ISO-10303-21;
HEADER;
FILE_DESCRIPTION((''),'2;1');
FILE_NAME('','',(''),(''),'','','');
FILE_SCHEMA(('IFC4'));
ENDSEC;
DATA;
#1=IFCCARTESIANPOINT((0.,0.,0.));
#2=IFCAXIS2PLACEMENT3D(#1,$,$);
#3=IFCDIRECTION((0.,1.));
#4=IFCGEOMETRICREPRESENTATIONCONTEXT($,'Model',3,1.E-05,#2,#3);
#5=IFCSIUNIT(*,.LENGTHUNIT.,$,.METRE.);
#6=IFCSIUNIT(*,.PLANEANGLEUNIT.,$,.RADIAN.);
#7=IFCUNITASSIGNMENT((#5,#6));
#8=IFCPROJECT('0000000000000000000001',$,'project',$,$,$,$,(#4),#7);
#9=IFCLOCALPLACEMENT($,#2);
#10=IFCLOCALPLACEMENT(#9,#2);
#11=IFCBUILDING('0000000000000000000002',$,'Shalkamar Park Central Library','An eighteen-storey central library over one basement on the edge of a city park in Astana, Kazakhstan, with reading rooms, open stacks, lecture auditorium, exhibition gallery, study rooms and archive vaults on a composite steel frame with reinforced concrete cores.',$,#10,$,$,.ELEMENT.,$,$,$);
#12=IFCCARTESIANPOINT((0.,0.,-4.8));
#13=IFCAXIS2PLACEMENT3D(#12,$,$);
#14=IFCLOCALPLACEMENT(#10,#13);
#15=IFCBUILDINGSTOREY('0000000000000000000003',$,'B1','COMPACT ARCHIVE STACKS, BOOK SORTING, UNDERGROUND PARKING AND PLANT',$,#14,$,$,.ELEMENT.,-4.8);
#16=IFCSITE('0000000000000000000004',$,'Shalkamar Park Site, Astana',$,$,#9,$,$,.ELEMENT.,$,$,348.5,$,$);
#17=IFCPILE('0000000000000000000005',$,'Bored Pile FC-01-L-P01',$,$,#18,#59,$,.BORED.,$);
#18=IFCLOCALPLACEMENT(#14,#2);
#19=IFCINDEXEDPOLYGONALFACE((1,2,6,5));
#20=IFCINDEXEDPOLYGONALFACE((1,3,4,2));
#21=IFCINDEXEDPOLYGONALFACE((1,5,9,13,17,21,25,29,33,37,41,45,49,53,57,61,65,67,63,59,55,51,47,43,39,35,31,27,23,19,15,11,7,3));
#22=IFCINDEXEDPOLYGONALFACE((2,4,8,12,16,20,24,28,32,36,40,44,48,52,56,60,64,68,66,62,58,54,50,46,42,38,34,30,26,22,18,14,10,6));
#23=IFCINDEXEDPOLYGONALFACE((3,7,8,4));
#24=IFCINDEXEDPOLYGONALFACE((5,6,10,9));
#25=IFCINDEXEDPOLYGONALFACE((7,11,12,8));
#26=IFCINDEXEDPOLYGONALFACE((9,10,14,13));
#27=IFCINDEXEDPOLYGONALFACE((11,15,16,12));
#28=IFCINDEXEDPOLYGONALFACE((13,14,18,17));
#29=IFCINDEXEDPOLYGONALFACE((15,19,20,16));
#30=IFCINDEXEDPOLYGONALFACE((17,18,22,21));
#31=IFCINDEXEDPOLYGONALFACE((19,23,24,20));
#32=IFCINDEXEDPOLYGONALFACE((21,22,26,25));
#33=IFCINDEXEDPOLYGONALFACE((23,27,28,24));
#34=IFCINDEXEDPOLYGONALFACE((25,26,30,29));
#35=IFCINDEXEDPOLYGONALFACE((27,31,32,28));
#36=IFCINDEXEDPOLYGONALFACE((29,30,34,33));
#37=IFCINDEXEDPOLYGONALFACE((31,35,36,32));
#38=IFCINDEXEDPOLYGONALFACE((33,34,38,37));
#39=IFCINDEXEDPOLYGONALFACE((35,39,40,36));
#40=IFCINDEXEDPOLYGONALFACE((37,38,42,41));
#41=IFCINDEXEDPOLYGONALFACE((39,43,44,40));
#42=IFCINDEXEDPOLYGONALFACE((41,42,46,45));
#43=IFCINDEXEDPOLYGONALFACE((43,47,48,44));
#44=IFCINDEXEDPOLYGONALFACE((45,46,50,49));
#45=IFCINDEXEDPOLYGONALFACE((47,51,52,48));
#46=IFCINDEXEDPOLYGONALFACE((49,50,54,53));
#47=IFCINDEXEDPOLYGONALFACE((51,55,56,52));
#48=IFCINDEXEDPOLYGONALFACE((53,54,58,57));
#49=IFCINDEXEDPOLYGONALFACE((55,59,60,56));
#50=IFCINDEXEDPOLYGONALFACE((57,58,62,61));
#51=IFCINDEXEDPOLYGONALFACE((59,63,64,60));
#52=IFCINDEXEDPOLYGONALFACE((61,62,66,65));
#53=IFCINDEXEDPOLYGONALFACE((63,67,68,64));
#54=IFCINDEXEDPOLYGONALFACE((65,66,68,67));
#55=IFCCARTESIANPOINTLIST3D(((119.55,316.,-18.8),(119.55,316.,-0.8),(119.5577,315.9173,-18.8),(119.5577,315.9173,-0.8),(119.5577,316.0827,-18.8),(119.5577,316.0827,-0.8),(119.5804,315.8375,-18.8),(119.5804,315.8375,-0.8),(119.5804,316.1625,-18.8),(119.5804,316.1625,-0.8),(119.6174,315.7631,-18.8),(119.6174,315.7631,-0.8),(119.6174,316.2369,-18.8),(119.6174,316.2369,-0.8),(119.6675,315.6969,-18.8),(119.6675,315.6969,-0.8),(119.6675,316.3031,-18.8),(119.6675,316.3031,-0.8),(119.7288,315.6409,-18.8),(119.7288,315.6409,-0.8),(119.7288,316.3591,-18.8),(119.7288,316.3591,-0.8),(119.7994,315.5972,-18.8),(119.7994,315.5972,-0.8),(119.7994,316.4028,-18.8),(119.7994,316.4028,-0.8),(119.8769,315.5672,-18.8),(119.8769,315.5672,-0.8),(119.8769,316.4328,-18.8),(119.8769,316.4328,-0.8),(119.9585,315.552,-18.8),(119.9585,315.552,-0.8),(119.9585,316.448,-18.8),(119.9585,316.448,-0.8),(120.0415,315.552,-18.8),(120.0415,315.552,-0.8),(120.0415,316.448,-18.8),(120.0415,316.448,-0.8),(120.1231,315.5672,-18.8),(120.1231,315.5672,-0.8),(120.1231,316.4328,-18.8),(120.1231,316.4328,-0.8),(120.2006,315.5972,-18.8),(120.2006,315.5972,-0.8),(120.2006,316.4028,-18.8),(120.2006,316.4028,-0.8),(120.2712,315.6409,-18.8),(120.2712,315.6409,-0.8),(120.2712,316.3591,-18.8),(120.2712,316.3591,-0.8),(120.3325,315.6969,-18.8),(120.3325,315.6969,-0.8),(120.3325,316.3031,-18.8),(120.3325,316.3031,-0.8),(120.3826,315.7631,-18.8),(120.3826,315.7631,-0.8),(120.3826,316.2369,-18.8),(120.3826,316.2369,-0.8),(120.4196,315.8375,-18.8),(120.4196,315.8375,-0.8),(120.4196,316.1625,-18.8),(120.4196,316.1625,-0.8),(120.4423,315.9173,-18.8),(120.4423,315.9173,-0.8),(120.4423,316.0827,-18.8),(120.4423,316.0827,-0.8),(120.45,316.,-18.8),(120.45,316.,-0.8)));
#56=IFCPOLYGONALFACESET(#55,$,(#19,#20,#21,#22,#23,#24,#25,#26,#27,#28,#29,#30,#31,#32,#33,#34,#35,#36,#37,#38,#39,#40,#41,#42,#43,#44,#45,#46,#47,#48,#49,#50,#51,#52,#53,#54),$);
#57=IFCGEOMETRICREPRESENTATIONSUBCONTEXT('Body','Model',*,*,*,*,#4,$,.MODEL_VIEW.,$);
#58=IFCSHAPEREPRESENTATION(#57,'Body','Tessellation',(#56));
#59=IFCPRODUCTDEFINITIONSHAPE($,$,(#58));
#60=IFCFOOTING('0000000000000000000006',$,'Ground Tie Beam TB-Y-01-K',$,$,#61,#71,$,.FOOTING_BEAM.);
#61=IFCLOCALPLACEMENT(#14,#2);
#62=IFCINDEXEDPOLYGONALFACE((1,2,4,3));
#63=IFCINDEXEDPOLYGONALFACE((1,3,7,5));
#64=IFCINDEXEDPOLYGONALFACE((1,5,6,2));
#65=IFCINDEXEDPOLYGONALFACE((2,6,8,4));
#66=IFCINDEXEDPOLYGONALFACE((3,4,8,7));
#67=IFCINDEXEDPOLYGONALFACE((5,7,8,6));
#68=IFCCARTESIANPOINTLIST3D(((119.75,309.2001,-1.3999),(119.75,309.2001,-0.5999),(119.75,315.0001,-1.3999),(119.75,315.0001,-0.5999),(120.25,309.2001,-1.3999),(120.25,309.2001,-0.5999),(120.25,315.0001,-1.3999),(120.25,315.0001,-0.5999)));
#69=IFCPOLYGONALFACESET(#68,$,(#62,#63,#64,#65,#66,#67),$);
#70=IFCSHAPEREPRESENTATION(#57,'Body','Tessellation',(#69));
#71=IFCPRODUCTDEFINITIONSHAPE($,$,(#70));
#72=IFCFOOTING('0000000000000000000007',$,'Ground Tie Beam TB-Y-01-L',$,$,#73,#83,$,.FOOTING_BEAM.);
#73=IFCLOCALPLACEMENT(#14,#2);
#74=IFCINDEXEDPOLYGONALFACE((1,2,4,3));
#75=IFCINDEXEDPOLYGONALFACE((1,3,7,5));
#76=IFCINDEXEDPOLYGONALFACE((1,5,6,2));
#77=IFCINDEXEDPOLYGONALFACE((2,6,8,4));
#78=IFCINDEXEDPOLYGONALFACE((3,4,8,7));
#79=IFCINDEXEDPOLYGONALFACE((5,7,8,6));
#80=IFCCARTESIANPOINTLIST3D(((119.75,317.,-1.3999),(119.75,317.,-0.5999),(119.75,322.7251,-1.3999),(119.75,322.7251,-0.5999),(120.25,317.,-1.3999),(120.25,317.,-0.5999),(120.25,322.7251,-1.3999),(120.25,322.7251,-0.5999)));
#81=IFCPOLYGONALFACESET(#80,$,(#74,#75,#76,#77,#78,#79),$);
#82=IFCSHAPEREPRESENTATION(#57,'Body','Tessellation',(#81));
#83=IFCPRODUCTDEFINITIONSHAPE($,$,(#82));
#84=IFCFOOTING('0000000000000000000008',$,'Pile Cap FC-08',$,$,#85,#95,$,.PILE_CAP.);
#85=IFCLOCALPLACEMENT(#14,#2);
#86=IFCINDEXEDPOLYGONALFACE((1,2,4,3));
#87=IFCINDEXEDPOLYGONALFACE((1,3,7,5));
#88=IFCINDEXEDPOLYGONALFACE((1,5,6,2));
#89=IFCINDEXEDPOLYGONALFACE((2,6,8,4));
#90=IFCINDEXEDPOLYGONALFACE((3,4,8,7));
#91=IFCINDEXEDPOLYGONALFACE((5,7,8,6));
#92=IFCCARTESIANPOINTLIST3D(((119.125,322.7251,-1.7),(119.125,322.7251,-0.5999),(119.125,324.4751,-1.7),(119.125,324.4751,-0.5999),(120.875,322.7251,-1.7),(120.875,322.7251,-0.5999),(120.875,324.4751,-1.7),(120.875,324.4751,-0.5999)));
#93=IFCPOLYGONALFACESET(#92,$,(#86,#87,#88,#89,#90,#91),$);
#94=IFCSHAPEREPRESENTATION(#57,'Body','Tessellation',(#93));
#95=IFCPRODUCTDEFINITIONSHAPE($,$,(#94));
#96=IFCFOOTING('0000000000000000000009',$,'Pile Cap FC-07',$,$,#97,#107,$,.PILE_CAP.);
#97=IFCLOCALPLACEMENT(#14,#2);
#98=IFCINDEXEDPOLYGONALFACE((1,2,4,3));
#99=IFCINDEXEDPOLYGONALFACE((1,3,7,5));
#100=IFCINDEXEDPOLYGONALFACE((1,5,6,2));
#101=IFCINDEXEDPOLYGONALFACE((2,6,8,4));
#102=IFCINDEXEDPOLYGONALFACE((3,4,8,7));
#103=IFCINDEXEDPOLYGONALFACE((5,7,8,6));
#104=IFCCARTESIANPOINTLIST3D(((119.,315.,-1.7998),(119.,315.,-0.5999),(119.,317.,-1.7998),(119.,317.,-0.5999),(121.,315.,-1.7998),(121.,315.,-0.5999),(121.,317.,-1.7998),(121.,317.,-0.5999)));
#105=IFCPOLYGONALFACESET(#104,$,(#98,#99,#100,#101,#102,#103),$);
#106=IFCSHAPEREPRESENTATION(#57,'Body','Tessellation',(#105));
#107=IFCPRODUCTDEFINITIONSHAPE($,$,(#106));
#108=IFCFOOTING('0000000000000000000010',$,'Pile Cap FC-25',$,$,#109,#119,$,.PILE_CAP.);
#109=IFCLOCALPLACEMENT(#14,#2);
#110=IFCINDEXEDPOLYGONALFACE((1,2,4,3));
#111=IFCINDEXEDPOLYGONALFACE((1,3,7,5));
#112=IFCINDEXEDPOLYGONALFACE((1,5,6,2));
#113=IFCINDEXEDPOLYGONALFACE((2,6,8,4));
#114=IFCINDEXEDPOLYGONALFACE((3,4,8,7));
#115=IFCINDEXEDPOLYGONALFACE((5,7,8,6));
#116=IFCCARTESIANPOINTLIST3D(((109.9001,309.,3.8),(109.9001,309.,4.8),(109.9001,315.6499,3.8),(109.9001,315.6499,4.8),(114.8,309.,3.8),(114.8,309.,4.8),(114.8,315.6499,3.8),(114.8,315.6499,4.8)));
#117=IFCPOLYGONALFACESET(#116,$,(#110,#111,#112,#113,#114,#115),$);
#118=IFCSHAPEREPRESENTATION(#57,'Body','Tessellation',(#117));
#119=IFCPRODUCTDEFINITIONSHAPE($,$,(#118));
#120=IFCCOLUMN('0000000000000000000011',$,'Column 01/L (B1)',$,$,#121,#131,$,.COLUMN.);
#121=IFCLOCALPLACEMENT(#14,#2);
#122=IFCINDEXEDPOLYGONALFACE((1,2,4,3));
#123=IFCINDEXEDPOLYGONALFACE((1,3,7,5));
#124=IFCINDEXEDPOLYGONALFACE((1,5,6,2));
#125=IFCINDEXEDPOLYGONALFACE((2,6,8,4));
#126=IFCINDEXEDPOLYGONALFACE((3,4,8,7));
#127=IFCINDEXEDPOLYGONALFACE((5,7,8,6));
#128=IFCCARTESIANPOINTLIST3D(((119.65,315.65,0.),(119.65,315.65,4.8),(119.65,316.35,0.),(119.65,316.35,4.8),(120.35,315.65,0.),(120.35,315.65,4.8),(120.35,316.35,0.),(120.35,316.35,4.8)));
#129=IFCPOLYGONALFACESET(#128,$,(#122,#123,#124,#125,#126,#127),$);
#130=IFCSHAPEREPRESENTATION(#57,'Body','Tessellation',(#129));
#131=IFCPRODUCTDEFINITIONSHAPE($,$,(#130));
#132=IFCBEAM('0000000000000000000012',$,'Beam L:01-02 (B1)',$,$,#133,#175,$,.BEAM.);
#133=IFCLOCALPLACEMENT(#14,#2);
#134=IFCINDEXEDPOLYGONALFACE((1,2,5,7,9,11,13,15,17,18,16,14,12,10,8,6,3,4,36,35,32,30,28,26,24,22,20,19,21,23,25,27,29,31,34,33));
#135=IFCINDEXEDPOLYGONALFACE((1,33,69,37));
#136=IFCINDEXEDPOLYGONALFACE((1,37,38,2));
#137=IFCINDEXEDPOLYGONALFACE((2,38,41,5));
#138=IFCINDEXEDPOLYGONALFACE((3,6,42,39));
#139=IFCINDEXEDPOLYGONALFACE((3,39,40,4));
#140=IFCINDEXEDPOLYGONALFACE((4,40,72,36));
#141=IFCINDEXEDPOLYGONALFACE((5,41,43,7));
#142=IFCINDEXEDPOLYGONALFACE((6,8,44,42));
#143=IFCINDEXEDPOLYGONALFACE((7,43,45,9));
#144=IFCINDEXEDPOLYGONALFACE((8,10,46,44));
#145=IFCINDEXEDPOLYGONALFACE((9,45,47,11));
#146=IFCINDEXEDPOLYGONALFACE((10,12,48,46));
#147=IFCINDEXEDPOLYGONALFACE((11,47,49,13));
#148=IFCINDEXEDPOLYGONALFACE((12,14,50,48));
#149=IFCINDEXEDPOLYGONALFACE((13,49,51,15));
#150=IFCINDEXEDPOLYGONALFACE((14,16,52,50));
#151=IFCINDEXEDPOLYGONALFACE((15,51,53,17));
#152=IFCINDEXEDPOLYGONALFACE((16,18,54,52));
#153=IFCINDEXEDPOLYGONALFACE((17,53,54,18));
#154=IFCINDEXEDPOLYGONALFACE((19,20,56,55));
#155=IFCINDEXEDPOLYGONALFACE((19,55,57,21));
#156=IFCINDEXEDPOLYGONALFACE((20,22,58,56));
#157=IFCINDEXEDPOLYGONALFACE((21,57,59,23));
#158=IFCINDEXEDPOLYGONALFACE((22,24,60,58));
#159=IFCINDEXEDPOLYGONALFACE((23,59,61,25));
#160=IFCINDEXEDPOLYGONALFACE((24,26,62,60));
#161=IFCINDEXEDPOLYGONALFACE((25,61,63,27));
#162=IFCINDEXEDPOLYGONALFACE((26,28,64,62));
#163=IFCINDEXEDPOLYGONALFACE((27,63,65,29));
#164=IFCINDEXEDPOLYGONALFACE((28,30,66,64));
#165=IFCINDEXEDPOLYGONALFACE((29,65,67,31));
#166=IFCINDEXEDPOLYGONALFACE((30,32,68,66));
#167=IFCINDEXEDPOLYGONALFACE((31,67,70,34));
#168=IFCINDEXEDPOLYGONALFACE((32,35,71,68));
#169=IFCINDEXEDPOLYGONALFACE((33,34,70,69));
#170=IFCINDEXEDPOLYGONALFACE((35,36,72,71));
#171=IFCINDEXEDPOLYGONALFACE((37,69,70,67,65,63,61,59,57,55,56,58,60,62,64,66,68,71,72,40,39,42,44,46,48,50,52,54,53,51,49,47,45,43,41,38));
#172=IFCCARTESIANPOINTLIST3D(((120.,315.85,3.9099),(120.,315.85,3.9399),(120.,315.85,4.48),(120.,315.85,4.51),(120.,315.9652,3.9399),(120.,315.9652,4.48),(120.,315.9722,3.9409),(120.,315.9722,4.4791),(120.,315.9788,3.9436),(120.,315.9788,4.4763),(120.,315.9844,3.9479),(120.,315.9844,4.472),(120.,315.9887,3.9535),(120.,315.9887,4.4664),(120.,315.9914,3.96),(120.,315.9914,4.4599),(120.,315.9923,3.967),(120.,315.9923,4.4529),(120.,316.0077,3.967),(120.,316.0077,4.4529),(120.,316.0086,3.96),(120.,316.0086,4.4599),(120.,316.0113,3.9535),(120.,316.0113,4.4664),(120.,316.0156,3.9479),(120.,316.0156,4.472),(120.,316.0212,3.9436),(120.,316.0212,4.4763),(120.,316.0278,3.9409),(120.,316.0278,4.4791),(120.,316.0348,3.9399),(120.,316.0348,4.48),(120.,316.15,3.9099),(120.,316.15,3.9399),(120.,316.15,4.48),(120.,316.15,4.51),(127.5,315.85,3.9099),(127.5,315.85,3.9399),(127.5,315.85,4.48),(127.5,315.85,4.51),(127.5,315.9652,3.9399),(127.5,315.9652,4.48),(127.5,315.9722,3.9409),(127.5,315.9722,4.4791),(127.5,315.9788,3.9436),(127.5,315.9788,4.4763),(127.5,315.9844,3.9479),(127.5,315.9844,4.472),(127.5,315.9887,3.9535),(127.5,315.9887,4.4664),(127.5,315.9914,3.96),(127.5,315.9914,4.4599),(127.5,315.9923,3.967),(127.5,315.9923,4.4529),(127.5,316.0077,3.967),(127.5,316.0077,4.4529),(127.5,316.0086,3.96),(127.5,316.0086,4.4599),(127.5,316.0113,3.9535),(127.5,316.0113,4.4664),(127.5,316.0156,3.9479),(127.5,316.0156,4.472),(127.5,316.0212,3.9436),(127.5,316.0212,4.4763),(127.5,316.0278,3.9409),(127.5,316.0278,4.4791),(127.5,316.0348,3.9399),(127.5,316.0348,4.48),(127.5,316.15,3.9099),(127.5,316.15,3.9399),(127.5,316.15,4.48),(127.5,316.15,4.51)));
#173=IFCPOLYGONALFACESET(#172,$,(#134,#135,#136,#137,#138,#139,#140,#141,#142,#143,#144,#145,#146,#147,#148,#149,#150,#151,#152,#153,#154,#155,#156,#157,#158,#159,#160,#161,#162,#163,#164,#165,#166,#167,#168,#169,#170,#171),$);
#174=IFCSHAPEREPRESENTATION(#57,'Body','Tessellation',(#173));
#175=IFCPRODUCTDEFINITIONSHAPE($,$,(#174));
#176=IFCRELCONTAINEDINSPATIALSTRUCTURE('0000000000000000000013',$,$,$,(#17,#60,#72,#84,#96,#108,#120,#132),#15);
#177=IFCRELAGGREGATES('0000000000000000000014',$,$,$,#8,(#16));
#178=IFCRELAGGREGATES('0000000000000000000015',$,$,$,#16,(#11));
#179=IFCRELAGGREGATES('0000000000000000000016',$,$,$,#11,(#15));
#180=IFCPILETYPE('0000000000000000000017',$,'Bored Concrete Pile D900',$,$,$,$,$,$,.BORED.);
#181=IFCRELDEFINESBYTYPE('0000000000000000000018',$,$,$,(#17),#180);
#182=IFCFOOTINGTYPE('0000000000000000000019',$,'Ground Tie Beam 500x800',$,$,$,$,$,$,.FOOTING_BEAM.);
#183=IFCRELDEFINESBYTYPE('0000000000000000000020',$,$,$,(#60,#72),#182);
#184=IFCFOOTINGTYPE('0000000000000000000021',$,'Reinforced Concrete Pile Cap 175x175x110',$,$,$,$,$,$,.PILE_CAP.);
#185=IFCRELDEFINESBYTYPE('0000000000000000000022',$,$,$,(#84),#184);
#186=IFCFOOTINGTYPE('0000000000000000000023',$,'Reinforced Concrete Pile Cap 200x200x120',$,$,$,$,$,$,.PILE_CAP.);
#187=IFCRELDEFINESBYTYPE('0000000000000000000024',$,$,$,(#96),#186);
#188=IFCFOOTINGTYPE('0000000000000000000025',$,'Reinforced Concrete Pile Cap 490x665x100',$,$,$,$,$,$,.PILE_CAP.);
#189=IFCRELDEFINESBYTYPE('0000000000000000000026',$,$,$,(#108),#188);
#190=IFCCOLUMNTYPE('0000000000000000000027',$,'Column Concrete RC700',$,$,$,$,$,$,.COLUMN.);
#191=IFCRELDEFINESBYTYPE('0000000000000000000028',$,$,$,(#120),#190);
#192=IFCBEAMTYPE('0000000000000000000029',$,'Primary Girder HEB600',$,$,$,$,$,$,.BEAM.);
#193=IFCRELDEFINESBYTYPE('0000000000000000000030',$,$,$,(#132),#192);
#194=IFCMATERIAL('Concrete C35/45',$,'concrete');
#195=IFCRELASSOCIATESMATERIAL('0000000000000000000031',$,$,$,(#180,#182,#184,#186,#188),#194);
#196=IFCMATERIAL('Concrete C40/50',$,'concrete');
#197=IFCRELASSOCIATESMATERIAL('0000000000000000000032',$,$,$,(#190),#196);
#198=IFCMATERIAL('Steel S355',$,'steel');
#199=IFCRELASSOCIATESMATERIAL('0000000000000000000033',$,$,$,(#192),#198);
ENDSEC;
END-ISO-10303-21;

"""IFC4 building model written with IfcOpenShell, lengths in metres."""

from ifc_helpers import new_model, si_unit, direction, frame, origin, origin_2d, place, context, subcontext, project, spatial, rectangle, circle, i_section, extrude, material, material_profile, profile_set, type_object, element, save


model = new_model("IFC4")

# Units and contexts
model_context = context("Model", 3, precision=1e-05, world=origin(), true_north=direction((0.0, 1.0)))
body_context = subcontext(model_context, "Body", "Model", "MODEL_VIEW")
ifc_project = project(units=[si_unit("LENGTHUNIT", "METRE"), si_unit("PLANEANGLEUNIT", "RADIAN")], contexts=[model_context])

# Site, building, storey
site_placement = place(None, origin())
site = spatial("IfcSite", under=ifc_project, at=site_placement, Name="Shalkamar Park Site, Astana", CompositionType="ELEMENT", RefElevation=348.5)
building_placement = place(site_placement, origin())
building = spatial("IfcBuilding", under=site, at=building_placement, Name="Shalkamar Park Central Library", Description="An eighteen-storey central library over one basement on the edge of a city park in Astana, Kazakhstan, with reading rooms, open stacks, lecture auditorium, exhibition gallery, study rooms and archive vaults on a composite steel frame with reinforced concrete cores.", CompositionType="ELEMENT")
storey_placement = place(building_placement, frame((0.0, 0.0, -4.8)))
storey = spatial("IfcBuildingStorey", under=building, at=storey_placement, Name="B1", Description="COMPACT ARCHIVE STACKS, BOOK SORTING, UNDERGROUND PARKING AND PLANT", CompositionType="ELEMENT", Elevation=-4.8)

# Pile
ifc_material_1 = material(Name="Concrete C35/45", Category="concrete")
ifc_material_profile_1 = material_profile(ifc_material_1, circle(Radius=0.45, at=origin_2d()), Name="PILE D900")
ifc_profile_set_1 = profile_set([ifc_material_profile_1], Name="Concrete C35/45")
pile_type_1 = type_object("IfcPileType", Name="Bored Concrete Pile D900", PredefinedType="BORED", material=ifc_profile_set_1)
pile_placement = place(storey_placement, frame((120.0, 316.0, -0.8), z_axis=(0.0, 0.0, -1.0), x_axis=(1.0, 0.0, 0.0)))
element("IfcPile", 1, at=pile_placement, inside=storey, type_object=pile_type_1, Name="Bored Pile FC-01-L-P01", PredefinedType="BORED", context=body_context, shape_type="SweptSolid", body=[
    extrude(circle(Radius=0.45, at=origin_2d()), origin(), (0.0, 0.0, 1.0), 18.0),
])

# Footings
footing_type_1 = type_object("IfcFootingType", Name="Ground Tie Beam 500x800", PredefinedType="FOOTING_BEAM", material=ifc_material_1)
footing_1_placement = place(storey_placement, frame((120.0, 312.1001, -1.3999), z_axis=(0.0, 0.0, 1.0), x_axis=(0.0, 1.0, 0.0)))
element("IfcFooting", 2, at=footing_1_placement, inside=storey, type_object=footing_type_1, Name="Ground Tie Beam TB-Y-01-K", PredefinedType="FOOTING_BEAM", context=body_context, shape_type="SweptSolid", body=[
    extrude(rectangle(XDim=5.8, YDim=0.5, at=origin_2d()), origin(), (0.0, 0.0, 1.0), 0.8),
])
footing_2_placement = place(storey_placement, frame((120.0, 319.8625, -1.3999), z_axis=(0.0, 0.0, 1.0), x_axis=(0.0, 1.0, 0.0)))
element("IfcFooting", 3, at=footing_2_placement, inside=storey, type_object=footing_type_1, Name="Ground Tie Beam TB-Y-01-L", PredefinedType="FOOTING_BEAM", context=body_context, shape_type="SweptSolid", body=[
    extrude(rectangle(XDim=5.7251, YDim=0.5, at=origin_2d()), origin(), (0.0, 0.0, 1.0), 0.8),
])
footing_type_2 = type_object("IfcFootingType", Name="Reinforced Concrete Pile Cap 175x175x110", PredefinedType="PILE_CAP", material=ifc_material_1)
footing_3_placement = place(storey_placement, frame((120.0, 323.6001, -1.7), z_axis=(0.0, 0.0, 1.0), x_axis=(1.0, 0.0, 0.0)))
element("IfcFooting", 4, at=footing_3_placement, inside=storey, type_object=footing_type_2, Name="Pile Cap FC-08", PredefinedType="PILE_CAP", context=body_context, shape_type="SweptSolid", body=[
    extrude(rectangle(XDim=1.75, YDim=1.75, at=origin_2d()), origin(), (0.0, 0.0, 1.0), 1.1001),
])
footing_type_3 = type_object("IfcFootingType", Name="Reinforced Concrete Pile Cap 200x200x120", PredefinedType="PILE_CAP", material=ifc_material_1)
footing_4_placement = place(storey_placement, frame((120.0, 316.0, -1.7998), z_axis=(0.0, 0.0, 1.0), x_axis=(1.0, 0.0, 0.0)))
element("IfcFooting", 5, at=footing_4_placement, inside=storey, type_object=footing_type_3, Name="Pile Cap FC-07", PredefinedType="PILE_CAP", context=body_context, shape_type="SweptSolid", body=[
    extrude(rectangle(XDim=2.0, YDim=2.0, at=origin_2d()), origin(), (0.0, 0.0, 1.0), 1.2),
])
footing_type_4 = type_object("IfcFootingType", Name="Reinforced Concrete Pile Cap 490x665x100", PredefinedType="PILE_CAP", material=ifc_material_1)
footing_5_placement = place(storey_placement, frame((112.3501, 312.325, 3.8), z_axis=(0.0, 0.0, 1.0), x_axis=(1.0, 0.0, 0.0)))
element("IfcFooting", 6, at=footing_5_placement, inside=storey, type_object=footing_type_4, Name="Pile Cap FC-25", PredefinedType="PILE_CAP", context=body_context, shape_type="SweptSolid", body=[
    extrude(rectangle(XDim=4.8999, YDim=6.6499, at=origin_2d()), origin(), (0.0, 0.0, 1.0), 1.0),
])

# Column
ifc_material_2 = material(Name="Concrete C40/50", Category="concrete")
ifc_material_profile_2 = material_profile(ifc_material_2, rectangle(XDim=0.7, YDim=0.7, at=origin_2d()), Name="RC 700x700")
ifc_profile_set_2 = profile_set([ifc_material_profile_2], Name="Concrete C40/50")
column_type = type_object("IfcColumnType", Name="Column Concrete RC700", PredefinedType="COLUMN", material=ifc_profile_set_2)
column_placement = place(storey_placement, frame((120.0, 316.0, 0.0), z_axis=(0.0, 0.0, 1.0), x_axis=(1.0, 0.0, 0.0)))
element("IfcColumn", 7, at=column_placement, inside=storey, type_object=column_type, Name="Column 01/L (B1)", PredefinedType="COLUMN", context=body_context, shape_type="SweptSolid", body=[
    extrude(rectangle(XDim=0.7, YDim=0.7, at=origin_2d()), origin(), (0.0, 0.0, 1.0), 4.8),
])

# Beam
ifc_material_3 = material(Name="Steel S355", Category="steel")
ifc_material_profile_3 = material_profile(ifc_material_3, i_section(OverallWidth=0.3, OverallDepth=0.6001, WebThickness=0.0154, FlangeThickness=0.03, FilletRadius=0.0271, at=origin_2d()), Name="HEB 600")
ifc_profile_set_3 = profile_set([ifc_material_profile_3], Name="Steel S355")
beam_type = type_object("IfcBeamType", Name="Primary Girder HEB600", PredefinedType="BEAM", material=ifc_profile_set_3)
beam_1_placement = place(storey_placement, frame((120.0, 316.0, 4.21), z_axis=(1.0, 0.0, 0.0), x_axis=(0.0, 1.0, 0.0)))
element("IfcBeam", 8, at=beam_1_placement, inside=storey, type_object=beam_type, Name="Beam L:01-02 (B1)", PredefinedType="BEAM", context=body_context, shape_type="SweptSolid", body=[
    extrude(i_section(OverallWidth=0.3, OverallDepth=0.6001, WebThickness=0.0154, FlangeThickness=0.03, FilletRadius=0.0271, at=origin_2d()), origin(), (0.0, 0.0, 1.0), 7.5),
])

save(model, "model.ifc")
